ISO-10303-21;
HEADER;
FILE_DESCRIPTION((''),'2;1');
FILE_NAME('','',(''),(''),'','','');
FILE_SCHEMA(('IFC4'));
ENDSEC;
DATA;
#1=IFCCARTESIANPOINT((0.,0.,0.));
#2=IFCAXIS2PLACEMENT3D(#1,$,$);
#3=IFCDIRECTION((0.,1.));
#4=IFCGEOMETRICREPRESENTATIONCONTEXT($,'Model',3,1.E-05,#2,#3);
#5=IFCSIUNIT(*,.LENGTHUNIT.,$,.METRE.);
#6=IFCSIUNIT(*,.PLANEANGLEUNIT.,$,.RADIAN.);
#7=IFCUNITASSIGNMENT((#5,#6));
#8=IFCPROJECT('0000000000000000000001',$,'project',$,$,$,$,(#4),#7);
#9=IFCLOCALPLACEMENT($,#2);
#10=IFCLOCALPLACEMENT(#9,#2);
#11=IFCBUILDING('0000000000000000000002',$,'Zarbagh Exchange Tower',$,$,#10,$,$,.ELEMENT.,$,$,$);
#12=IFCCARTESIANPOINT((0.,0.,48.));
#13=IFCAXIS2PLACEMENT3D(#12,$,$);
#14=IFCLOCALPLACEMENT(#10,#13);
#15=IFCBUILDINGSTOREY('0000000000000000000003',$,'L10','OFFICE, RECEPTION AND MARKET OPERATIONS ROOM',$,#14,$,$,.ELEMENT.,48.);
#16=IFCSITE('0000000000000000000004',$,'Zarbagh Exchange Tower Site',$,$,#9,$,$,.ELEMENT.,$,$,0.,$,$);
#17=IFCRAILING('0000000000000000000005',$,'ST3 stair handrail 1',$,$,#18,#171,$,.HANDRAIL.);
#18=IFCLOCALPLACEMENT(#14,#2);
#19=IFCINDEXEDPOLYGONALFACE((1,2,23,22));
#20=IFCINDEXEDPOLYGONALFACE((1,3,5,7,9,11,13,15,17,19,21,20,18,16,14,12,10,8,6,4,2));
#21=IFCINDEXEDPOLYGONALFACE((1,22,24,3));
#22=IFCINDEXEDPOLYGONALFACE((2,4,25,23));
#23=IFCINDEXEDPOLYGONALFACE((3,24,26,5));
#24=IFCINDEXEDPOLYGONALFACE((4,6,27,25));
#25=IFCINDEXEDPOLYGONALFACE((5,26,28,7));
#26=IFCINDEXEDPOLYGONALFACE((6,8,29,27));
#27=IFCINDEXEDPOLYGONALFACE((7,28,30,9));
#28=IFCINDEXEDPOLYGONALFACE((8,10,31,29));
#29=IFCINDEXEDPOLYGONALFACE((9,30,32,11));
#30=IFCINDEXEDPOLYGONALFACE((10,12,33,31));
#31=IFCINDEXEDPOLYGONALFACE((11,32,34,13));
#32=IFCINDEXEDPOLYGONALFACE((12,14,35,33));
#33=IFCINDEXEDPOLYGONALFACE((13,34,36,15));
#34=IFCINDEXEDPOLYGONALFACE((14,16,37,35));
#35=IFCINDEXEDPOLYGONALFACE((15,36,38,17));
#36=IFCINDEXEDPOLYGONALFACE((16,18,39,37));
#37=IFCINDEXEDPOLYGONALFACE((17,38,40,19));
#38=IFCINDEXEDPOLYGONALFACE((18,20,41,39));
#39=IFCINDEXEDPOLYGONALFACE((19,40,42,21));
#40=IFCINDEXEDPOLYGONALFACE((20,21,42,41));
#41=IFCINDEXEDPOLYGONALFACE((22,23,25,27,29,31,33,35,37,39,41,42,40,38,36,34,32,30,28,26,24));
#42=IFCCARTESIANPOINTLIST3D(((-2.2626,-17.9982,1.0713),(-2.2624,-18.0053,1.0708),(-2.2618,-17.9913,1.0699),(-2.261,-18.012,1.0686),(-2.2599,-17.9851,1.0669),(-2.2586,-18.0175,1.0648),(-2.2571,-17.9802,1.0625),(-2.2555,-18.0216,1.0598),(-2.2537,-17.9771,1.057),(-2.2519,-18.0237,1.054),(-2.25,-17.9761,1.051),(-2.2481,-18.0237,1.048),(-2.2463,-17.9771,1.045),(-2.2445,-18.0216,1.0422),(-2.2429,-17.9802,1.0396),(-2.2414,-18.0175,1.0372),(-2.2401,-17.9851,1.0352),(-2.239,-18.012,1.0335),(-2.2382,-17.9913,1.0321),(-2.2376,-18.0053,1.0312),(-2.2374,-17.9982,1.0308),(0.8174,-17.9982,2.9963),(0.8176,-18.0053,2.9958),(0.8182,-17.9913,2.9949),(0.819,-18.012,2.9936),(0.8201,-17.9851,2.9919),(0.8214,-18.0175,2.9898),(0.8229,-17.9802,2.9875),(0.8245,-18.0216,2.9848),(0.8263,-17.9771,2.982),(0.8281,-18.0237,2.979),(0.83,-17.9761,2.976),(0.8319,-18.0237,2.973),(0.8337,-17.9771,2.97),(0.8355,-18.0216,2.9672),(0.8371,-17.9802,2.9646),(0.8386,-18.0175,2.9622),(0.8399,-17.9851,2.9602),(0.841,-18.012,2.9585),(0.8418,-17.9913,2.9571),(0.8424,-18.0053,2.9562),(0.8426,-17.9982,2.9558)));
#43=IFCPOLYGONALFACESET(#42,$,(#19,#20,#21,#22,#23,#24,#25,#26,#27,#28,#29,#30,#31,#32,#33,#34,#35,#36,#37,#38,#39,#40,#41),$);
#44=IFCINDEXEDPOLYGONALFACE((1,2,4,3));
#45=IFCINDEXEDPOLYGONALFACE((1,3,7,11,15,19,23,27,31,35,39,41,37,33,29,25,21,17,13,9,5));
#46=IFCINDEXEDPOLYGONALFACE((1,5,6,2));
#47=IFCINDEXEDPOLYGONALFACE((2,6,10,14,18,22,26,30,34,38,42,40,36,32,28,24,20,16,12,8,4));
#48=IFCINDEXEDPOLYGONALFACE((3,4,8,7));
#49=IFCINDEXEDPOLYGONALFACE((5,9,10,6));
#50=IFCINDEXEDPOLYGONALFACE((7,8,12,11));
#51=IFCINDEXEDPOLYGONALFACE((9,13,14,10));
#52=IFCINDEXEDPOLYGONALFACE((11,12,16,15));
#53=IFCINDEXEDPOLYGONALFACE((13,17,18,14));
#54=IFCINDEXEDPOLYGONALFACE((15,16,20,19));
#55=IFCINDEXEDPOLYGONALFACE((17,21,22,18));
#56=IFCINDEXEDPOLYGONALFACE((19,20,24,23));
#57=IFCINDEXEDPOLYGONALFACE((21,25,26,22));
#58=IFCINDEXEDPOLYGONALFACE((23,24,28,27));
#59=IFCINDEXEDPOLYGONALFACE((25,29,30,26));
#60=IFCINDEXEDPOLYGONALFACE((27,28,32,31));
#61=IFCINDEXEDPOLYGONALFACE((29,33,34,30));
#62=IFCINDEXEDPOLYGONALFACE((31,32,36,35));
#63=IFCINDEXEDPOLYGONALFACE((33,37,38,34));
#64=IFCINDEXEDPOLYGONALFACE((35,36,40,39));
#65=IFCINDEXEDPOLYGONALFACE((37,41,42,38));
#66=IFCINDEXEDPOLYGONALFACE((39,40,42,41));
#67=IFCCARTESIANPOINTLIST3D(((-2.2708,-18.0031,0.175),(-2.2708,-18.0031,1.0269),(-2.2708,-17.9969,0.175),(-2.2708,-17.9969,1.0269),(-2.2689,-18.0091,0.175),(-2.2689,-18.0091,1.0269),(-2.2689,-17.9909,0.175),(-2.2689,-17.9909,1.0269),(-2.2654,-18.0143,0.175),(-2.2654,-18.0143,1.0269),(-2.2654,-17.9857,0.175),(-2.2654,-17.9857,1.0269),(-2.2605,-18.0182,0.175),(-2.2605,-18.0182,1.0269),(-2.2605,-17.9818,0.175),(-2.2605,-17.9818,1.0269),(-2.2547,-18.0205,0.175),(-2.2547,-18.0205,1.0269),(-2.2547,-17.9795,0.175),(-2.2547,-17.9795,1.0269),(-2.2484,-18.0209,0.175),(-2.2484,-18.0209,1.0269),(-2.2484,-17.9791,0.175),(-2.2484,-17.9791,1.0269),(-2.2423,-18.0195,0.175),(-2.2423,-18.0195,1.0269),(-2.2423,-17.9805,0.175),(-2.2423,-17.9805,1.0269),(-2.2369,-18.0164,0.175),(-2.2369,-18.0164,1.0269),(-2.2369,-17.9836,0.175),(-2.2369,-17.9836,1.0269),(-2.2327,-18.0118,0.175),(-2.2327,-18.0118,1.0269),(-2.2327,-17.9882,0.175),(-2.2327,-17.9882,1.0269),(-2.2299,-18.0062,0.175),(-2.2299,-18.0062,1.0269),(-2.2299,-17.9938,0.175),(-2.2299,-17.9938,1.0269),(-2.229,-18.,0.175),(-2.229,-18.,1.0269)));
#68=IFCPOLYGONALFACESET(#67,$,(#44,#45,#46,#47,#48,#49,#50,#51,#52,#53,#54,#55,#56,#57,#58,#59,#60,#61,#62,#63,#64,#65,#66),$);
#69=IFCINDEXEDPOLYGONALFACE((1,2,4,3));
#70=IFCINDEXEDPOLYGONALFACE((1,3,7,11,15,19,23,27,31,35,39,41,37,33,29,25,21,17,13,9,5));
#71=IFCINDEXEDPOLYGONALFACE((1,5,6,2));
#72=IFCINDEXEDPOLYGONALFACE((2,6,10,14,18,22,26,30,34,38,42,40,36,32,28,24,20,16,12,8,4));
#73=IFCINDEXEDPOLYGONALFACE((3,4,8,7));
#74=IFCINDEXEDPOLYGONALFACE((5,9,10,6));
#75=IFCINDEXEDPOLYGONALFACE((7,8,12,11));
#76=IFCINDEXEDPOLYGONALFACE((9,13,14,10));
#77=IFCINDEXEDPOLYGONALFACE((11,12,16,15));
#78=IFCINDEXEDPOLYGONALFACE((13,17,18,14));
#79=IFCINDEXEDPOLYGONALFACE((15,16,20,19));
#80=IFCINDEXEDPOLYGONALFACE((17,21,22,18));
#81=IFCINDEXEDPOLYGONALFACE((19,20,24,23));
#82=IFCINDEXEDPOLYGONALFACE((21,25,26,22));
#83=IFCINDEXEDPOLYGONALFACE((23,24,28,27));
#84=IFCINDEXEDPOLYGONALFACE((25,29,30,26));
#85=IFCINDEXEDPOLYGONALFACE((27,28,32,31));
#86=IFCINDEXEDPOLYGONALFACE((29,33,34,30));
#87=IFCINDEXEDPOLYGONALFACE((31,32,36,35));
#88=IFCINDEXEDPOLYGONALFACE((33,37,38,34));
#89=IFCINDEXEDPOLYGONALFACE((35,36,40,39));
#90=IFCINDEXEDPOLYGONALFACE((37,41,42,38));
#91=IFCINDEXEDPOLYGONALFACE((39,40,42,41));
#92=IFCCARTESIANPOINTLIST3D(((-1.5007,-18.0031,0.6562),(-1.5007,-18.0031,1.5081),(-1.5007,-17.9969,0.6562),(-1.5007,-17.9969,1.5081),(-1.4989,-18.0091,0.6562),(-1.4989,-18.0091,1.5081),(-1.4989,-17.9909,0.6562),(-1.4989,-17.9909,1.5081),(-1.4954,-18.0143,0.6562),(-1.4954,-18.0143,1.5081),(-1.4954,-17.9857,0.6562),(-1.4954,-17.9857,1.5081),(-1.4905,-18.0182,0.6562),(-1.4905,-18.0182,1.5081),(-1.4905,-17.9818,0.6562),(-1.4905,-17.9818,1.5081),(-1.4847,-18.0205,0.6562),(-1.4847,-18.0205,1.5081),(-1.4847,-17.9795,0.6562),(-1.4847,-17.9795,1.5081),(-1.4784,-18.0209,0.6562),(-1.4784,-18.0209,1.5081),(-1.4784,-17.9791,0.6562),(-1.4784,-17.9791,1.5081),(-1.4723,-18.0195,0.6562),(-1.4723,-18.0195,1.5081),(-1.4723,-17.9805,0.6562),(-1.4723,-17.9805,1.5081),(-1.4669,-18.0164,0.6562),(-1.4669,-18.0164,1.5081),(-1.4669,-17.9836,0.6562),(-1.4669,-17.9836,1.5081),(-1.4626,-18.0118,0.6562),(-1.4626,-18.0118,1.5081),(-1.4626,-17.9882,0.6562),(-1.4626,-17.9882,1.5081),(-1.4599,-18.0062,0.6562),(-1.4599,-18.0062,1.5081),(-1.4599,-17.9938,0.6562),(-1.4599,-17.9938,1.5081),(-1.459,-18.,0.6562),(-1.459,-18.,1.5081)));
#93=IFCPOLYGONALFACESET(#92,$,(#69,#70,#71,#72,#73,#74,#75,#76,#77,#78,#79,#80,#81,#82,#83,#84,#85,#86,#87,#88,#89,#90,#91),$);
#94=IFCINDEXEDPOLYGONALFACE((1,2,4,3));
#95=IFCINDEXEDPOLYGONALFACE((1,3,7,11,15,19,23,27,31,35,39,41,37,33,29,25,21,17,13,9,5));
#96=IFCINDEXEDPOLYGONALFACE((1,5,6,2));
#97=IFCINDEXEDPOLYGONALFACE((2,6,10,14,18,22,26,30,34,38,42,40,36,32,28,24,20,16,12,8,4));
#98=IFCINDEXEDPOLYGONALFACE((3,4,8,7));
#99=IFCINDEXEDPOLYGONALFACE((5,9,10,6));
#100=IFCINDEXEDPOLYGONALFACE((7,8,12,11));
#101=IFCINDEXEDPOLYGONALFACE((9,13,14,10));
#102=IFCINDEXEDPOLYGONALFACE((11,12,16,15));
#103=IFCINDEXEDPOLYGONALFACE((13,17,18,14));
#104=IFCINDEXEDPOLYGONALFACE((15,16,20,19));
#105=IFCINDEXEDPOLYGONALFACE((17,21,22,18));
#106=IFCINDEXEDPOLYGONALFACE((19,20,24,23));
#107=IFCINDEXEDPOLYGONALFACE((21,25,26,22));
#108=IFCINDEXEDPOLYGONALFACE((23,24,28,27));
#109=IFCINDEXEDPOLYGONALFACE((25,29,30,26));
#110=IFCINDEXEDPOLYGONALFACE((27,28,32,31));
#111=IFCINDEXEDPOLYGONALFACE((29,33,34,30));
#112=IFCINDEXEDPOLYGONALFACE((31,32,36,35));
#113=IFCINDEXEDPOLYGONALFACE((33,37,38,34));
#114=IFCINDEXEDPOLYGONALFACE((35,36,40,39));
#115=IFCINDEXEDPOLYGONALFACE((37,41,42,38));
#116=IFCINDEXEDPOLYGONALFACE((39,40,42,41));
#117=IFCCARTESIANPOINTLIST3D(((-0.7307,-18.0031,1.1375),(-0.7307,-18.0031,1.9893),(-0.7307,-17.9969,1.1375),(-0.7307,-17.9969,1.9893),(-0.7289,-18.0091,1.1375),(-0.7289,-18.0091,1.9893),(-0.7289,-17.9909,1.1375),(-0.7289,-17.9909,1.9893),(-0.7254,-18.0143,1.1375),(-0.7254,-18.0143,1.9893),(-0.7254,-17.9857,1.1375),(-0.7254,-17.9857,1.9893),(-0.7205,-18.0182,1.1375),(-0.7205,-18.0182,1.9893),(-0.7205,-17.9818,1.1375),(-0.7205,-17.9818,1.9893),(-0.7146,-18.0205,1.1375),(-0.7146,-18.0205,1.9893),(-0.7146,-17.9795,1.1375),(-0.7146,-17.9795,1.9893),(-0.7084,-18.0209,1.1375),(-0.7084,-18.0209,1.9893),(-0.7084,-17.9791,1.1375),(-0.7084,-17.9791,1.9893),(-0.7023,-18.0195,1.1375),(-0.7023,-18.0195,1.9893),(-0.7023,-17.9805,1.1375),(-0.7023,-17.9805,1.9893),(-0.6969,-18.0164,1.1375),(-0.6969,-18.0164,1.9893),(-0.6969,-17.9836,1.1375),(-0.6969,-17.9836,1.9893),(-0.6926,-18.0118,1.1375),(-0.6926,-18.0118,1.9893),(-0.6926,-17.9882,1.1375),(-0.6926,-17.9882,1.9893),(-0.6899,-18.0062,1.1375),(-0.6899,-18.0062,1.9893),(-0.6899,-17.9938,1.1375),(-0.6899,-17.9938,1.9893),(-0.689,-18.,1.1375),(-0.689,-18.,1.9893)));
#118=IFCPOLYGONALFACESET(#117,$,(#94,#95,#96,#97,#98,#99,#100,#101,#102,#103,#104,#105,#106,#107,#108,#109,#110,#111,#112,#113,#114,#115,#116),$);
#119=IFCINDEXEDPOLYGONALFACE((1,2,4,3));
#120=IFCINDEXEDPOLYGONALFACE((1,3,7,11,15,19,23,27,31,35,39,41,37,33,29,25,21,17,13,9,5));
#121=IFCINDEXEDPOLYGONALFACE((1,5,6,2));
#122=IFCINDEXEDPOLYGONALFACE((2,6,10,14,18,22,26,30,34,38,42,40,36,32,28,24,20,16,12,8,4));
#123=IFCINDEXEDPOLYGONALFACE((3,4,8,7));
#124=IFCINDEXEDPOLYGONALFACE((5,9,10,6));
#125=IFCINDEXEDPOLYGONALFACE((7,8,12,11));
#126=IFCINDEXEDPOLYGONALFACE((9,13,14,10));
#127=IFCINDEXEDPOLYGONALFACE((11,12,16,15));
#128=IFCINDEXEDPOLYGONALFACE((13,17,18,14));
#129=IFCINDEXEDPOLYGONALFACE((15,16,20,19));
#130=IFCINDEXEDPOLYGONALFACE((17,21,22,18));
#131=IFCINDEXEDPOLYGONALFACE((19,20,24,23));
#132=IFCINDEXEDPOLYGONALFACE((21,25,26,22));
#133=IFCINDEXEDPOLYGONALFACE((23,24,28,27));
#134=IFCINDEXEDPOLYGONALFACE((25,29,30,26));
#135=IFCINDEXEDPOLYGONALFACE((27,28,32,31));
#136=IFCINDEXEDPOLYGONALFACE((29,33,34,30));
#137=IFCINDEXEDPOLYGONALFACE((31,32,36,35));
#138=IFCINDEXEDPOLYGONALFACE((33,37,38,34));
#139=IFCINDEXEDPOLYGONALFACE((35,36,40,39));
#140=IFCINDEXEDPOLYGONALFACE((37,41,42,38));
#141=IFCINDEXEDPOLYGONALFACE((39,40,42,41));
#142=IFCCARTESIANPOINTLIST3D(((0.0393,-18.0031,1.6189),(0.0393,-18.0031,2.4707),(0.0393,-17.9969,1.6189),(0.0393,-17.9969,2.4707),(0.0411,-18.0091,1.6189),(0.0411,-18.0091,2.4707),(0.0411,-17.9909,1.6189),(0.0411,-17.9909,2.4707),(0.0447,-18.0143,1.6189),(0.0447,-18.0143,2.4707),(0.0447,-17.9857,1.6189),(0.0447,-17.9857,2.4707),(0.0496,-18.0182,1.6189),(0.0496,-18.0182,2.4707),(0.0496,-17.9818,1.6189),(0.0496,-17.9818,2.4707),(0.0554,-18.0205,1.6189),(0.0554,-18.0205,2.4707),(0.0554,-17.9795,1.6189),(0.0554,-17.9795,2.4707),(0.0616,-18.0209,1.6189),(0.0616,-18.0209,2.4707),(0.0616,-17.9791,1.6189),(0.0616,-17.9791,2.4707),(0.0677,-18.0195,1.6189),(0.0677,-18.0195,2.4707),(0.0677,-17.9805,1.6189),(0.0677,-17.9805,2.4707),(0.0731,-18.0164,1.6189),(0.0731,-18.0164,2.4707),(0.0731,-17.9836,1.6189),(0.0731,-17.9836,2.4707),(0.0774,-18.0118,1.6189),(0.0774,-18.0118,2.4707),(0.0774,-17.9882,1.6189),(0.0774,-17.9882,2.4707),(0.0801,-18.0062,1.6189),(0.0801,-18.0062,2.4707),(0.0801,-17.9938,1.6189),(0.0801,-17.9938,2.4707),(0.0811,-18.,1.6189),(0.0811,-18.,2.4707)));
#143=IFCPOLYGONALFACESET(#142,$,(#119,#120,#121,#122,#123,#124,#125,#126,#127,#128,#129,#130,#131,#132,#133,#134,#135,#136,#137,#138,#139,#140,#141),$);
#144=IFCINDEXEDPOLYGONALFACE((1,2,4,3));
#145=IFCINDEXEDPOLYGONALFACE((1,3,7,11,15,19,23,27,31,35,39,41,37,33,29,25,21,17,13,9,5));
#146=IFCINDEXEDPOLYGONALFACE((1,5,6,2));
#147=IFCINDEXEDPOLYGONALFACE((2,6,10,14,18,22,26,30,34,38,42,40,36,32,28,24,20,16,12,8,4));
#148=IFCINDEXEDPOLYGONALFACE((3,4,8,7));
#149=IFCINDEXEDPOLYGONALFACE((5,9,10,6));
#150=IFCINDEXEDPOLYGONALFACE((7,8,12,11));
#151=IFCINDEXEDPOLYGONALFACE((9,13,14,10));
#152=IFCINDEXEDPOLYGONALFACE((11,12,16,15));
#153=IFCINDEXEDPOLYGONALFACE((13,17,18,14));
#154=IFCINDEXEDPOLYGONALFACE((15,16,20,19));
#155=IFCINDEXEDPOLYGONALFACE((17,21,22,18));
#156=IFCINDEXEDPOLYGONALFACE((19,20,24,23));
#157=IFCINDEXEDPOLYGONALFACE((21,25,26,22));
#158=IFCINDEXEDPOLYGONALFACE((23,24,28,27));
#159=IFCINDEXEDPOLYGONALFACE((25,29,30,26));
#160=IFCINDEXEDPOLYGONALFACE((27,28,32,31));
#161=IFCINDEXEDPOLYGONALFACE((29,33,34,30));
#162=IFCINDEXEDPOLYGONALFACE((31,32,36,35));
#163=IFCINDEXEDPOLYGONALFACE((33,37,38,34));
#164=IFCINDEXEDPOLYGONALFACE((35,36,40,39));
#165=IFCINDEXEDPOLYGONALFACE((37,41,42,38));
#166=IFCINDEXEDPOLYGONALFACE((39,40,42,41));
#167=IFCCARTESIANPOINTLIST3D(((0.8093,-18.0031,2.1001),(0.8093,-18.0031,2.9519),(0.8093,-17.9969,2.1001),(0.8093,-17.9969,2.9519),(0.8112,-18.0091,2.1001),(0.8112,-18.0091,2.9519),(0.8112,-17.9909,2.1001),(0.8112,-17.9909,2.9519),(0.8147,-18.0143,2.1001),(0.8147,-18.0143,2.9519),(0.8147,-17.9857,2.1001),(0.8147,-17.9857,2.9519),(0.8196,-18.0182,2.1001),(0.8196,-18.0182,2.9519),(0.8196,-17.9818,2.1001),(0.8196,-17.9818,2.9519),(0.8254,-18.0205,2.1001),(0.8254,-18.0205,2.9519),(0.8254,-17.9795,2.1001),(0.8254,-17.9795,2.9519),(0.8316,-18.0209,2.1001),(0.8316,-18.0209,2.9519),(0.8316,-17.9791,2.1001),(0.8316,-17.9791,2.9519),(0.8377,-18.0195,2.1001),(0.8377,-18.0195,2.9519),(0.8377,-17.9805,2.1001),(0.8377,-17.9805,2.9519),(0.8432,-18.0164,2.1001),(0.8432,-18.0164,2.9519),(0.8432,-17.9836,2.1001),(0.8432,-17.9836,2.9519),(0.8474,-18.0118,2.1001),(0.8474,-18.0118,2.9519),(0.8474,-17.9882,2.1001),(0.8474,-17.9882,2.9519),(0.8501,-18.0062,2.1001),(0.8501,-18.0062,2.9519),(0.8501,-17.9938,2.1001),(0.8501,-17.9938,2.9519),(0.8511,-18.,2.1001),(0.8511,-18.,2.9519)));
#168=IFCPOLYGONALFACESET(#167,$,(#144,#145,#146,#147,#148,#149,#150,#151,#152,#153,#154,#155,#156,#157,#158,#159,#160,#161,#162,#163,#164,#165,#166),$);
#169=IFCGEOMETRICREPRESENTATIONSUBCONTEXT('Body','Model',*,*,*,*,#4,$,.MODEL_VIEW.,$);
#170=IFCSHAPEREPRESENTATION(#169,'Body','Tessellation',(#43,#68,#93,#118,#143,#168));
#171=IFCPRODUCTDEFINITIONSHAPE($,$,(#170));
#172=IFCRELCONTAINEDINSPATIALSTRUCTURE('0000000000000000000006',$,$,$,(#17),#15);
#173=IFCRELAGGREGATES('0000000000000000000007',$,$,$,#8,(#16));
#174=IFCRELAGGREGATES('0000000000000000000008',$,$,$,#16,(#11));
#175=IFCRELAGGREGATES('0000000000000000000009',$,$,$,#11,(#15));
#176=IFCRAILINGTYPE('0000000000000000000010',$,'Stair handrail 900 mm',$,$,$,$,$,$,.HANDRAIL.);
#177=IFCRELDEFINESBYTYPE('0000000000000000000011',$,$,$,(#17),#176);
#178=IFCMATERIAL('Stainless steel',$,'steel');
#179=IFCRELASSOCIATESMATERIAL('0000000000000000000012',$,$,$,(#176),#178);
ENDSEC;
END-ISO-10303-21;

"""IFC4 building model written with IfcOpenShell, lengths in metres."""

from ifc_helpers import new_model, si_unit, direction, frame, origin, origin_2d, place, context, subcontext, project, spatial, circle, extrude, material, type_object, element, save


model = new_model("IFC4")

# Units and contexts
model_context = context("Model", 3, precision=1e-05, world=origin(), true_north=direction((0.0, 1.0)))
body_context = subcontext(model_context, "Body", "Model", "MODEL_VIEW")
ifc_project = project(units=[si_unit("LENGTHUNIT", "METRE"), si_unit("PLANEANGLEUNIT", "RADIAN")], contexts=[model_context])

# Site, building, storey
site_placement = place(None, origin())
site = spatial("IfcSite", under=ifc_project, at=site_placement, Name="Zarbagh Exchange Tower Site", CompositionType="ELEMENT", RefElevation=0.0)
building_placement = place(site_placement, origin())
building = spatial("IfcBuilding", under=site, at=building_placement, Name="Zarbagh Exchange Tower", CompositionType="ELEMENT")
storey_placement = place(building_placement, frame((0.0, 0.0, 48.0)))
storey = spatial("IfcBuildingStorey", under=building, at=storey_placement, Name="L10", Description="OFFICE, RECEPTION AND MARKET OPERATIONS ROOM", CompositionType="ELEMENT", Elevation=48.0)

# Shared definitions
ifc_material_1 = material(Name="Stainless steel", Category="steel")

# Railing
railing_type_1 = type_object("IfcRailingType", Name="Stair handrail 900 mm", PredefinedType="HANDRAIL", material=ifc_material_1)
for number, where, name in (
    (1, (-2.25, -18.0, 0.175), "ST3 stair handrail 1"),
):
    element("IfcRailing", number, at=place(storey_placement, frame(where)), inside=storey, type_object=railing_type_1, Name=name, PredefinedType="HANDRAIL", context=body_context, shape_type="SweptSolid", body=[
        extrude(circle(Radius=0.0239, at=origin_2d()), frame((0.0, 0.0, 0.876), z_axis=(0.847998, 0.0, 0.529999), x_axis=(0.0, 1.0, 0.0)), (0.0, 0.0, 1.0), 3.6321),
        extrude(circle(Radius=0.021, at=origin_2d()), origin(), (0.0, 0.0, 1.0), 0.8518),
        extrude(circle(Radius=0.021, at=origin_2d()), frame((0.77, 0.0, 0.4812)), (0.0, 0.0, 1.0), 0.8518),
        extrude(circle(Radius=0.021, at=origin_2d()), frame((1.54, 0.0, 0.9624)), (0.0, 0.0, 1.0), 0.8518),
        extrude(circle(Radius=0.021, at=origin_2d()), frame((2.3101, 0.0, 1.4438)), (0.0, 0.0, 1.0), 0.8518),
        extrude(circle(Radius=0.021, at=origin_2d()), frame((3.0801, 0.0, 1.925)), (0.0, 0.0, 1.0), 0.8518),
    ])

save(model, "model.ifc")
